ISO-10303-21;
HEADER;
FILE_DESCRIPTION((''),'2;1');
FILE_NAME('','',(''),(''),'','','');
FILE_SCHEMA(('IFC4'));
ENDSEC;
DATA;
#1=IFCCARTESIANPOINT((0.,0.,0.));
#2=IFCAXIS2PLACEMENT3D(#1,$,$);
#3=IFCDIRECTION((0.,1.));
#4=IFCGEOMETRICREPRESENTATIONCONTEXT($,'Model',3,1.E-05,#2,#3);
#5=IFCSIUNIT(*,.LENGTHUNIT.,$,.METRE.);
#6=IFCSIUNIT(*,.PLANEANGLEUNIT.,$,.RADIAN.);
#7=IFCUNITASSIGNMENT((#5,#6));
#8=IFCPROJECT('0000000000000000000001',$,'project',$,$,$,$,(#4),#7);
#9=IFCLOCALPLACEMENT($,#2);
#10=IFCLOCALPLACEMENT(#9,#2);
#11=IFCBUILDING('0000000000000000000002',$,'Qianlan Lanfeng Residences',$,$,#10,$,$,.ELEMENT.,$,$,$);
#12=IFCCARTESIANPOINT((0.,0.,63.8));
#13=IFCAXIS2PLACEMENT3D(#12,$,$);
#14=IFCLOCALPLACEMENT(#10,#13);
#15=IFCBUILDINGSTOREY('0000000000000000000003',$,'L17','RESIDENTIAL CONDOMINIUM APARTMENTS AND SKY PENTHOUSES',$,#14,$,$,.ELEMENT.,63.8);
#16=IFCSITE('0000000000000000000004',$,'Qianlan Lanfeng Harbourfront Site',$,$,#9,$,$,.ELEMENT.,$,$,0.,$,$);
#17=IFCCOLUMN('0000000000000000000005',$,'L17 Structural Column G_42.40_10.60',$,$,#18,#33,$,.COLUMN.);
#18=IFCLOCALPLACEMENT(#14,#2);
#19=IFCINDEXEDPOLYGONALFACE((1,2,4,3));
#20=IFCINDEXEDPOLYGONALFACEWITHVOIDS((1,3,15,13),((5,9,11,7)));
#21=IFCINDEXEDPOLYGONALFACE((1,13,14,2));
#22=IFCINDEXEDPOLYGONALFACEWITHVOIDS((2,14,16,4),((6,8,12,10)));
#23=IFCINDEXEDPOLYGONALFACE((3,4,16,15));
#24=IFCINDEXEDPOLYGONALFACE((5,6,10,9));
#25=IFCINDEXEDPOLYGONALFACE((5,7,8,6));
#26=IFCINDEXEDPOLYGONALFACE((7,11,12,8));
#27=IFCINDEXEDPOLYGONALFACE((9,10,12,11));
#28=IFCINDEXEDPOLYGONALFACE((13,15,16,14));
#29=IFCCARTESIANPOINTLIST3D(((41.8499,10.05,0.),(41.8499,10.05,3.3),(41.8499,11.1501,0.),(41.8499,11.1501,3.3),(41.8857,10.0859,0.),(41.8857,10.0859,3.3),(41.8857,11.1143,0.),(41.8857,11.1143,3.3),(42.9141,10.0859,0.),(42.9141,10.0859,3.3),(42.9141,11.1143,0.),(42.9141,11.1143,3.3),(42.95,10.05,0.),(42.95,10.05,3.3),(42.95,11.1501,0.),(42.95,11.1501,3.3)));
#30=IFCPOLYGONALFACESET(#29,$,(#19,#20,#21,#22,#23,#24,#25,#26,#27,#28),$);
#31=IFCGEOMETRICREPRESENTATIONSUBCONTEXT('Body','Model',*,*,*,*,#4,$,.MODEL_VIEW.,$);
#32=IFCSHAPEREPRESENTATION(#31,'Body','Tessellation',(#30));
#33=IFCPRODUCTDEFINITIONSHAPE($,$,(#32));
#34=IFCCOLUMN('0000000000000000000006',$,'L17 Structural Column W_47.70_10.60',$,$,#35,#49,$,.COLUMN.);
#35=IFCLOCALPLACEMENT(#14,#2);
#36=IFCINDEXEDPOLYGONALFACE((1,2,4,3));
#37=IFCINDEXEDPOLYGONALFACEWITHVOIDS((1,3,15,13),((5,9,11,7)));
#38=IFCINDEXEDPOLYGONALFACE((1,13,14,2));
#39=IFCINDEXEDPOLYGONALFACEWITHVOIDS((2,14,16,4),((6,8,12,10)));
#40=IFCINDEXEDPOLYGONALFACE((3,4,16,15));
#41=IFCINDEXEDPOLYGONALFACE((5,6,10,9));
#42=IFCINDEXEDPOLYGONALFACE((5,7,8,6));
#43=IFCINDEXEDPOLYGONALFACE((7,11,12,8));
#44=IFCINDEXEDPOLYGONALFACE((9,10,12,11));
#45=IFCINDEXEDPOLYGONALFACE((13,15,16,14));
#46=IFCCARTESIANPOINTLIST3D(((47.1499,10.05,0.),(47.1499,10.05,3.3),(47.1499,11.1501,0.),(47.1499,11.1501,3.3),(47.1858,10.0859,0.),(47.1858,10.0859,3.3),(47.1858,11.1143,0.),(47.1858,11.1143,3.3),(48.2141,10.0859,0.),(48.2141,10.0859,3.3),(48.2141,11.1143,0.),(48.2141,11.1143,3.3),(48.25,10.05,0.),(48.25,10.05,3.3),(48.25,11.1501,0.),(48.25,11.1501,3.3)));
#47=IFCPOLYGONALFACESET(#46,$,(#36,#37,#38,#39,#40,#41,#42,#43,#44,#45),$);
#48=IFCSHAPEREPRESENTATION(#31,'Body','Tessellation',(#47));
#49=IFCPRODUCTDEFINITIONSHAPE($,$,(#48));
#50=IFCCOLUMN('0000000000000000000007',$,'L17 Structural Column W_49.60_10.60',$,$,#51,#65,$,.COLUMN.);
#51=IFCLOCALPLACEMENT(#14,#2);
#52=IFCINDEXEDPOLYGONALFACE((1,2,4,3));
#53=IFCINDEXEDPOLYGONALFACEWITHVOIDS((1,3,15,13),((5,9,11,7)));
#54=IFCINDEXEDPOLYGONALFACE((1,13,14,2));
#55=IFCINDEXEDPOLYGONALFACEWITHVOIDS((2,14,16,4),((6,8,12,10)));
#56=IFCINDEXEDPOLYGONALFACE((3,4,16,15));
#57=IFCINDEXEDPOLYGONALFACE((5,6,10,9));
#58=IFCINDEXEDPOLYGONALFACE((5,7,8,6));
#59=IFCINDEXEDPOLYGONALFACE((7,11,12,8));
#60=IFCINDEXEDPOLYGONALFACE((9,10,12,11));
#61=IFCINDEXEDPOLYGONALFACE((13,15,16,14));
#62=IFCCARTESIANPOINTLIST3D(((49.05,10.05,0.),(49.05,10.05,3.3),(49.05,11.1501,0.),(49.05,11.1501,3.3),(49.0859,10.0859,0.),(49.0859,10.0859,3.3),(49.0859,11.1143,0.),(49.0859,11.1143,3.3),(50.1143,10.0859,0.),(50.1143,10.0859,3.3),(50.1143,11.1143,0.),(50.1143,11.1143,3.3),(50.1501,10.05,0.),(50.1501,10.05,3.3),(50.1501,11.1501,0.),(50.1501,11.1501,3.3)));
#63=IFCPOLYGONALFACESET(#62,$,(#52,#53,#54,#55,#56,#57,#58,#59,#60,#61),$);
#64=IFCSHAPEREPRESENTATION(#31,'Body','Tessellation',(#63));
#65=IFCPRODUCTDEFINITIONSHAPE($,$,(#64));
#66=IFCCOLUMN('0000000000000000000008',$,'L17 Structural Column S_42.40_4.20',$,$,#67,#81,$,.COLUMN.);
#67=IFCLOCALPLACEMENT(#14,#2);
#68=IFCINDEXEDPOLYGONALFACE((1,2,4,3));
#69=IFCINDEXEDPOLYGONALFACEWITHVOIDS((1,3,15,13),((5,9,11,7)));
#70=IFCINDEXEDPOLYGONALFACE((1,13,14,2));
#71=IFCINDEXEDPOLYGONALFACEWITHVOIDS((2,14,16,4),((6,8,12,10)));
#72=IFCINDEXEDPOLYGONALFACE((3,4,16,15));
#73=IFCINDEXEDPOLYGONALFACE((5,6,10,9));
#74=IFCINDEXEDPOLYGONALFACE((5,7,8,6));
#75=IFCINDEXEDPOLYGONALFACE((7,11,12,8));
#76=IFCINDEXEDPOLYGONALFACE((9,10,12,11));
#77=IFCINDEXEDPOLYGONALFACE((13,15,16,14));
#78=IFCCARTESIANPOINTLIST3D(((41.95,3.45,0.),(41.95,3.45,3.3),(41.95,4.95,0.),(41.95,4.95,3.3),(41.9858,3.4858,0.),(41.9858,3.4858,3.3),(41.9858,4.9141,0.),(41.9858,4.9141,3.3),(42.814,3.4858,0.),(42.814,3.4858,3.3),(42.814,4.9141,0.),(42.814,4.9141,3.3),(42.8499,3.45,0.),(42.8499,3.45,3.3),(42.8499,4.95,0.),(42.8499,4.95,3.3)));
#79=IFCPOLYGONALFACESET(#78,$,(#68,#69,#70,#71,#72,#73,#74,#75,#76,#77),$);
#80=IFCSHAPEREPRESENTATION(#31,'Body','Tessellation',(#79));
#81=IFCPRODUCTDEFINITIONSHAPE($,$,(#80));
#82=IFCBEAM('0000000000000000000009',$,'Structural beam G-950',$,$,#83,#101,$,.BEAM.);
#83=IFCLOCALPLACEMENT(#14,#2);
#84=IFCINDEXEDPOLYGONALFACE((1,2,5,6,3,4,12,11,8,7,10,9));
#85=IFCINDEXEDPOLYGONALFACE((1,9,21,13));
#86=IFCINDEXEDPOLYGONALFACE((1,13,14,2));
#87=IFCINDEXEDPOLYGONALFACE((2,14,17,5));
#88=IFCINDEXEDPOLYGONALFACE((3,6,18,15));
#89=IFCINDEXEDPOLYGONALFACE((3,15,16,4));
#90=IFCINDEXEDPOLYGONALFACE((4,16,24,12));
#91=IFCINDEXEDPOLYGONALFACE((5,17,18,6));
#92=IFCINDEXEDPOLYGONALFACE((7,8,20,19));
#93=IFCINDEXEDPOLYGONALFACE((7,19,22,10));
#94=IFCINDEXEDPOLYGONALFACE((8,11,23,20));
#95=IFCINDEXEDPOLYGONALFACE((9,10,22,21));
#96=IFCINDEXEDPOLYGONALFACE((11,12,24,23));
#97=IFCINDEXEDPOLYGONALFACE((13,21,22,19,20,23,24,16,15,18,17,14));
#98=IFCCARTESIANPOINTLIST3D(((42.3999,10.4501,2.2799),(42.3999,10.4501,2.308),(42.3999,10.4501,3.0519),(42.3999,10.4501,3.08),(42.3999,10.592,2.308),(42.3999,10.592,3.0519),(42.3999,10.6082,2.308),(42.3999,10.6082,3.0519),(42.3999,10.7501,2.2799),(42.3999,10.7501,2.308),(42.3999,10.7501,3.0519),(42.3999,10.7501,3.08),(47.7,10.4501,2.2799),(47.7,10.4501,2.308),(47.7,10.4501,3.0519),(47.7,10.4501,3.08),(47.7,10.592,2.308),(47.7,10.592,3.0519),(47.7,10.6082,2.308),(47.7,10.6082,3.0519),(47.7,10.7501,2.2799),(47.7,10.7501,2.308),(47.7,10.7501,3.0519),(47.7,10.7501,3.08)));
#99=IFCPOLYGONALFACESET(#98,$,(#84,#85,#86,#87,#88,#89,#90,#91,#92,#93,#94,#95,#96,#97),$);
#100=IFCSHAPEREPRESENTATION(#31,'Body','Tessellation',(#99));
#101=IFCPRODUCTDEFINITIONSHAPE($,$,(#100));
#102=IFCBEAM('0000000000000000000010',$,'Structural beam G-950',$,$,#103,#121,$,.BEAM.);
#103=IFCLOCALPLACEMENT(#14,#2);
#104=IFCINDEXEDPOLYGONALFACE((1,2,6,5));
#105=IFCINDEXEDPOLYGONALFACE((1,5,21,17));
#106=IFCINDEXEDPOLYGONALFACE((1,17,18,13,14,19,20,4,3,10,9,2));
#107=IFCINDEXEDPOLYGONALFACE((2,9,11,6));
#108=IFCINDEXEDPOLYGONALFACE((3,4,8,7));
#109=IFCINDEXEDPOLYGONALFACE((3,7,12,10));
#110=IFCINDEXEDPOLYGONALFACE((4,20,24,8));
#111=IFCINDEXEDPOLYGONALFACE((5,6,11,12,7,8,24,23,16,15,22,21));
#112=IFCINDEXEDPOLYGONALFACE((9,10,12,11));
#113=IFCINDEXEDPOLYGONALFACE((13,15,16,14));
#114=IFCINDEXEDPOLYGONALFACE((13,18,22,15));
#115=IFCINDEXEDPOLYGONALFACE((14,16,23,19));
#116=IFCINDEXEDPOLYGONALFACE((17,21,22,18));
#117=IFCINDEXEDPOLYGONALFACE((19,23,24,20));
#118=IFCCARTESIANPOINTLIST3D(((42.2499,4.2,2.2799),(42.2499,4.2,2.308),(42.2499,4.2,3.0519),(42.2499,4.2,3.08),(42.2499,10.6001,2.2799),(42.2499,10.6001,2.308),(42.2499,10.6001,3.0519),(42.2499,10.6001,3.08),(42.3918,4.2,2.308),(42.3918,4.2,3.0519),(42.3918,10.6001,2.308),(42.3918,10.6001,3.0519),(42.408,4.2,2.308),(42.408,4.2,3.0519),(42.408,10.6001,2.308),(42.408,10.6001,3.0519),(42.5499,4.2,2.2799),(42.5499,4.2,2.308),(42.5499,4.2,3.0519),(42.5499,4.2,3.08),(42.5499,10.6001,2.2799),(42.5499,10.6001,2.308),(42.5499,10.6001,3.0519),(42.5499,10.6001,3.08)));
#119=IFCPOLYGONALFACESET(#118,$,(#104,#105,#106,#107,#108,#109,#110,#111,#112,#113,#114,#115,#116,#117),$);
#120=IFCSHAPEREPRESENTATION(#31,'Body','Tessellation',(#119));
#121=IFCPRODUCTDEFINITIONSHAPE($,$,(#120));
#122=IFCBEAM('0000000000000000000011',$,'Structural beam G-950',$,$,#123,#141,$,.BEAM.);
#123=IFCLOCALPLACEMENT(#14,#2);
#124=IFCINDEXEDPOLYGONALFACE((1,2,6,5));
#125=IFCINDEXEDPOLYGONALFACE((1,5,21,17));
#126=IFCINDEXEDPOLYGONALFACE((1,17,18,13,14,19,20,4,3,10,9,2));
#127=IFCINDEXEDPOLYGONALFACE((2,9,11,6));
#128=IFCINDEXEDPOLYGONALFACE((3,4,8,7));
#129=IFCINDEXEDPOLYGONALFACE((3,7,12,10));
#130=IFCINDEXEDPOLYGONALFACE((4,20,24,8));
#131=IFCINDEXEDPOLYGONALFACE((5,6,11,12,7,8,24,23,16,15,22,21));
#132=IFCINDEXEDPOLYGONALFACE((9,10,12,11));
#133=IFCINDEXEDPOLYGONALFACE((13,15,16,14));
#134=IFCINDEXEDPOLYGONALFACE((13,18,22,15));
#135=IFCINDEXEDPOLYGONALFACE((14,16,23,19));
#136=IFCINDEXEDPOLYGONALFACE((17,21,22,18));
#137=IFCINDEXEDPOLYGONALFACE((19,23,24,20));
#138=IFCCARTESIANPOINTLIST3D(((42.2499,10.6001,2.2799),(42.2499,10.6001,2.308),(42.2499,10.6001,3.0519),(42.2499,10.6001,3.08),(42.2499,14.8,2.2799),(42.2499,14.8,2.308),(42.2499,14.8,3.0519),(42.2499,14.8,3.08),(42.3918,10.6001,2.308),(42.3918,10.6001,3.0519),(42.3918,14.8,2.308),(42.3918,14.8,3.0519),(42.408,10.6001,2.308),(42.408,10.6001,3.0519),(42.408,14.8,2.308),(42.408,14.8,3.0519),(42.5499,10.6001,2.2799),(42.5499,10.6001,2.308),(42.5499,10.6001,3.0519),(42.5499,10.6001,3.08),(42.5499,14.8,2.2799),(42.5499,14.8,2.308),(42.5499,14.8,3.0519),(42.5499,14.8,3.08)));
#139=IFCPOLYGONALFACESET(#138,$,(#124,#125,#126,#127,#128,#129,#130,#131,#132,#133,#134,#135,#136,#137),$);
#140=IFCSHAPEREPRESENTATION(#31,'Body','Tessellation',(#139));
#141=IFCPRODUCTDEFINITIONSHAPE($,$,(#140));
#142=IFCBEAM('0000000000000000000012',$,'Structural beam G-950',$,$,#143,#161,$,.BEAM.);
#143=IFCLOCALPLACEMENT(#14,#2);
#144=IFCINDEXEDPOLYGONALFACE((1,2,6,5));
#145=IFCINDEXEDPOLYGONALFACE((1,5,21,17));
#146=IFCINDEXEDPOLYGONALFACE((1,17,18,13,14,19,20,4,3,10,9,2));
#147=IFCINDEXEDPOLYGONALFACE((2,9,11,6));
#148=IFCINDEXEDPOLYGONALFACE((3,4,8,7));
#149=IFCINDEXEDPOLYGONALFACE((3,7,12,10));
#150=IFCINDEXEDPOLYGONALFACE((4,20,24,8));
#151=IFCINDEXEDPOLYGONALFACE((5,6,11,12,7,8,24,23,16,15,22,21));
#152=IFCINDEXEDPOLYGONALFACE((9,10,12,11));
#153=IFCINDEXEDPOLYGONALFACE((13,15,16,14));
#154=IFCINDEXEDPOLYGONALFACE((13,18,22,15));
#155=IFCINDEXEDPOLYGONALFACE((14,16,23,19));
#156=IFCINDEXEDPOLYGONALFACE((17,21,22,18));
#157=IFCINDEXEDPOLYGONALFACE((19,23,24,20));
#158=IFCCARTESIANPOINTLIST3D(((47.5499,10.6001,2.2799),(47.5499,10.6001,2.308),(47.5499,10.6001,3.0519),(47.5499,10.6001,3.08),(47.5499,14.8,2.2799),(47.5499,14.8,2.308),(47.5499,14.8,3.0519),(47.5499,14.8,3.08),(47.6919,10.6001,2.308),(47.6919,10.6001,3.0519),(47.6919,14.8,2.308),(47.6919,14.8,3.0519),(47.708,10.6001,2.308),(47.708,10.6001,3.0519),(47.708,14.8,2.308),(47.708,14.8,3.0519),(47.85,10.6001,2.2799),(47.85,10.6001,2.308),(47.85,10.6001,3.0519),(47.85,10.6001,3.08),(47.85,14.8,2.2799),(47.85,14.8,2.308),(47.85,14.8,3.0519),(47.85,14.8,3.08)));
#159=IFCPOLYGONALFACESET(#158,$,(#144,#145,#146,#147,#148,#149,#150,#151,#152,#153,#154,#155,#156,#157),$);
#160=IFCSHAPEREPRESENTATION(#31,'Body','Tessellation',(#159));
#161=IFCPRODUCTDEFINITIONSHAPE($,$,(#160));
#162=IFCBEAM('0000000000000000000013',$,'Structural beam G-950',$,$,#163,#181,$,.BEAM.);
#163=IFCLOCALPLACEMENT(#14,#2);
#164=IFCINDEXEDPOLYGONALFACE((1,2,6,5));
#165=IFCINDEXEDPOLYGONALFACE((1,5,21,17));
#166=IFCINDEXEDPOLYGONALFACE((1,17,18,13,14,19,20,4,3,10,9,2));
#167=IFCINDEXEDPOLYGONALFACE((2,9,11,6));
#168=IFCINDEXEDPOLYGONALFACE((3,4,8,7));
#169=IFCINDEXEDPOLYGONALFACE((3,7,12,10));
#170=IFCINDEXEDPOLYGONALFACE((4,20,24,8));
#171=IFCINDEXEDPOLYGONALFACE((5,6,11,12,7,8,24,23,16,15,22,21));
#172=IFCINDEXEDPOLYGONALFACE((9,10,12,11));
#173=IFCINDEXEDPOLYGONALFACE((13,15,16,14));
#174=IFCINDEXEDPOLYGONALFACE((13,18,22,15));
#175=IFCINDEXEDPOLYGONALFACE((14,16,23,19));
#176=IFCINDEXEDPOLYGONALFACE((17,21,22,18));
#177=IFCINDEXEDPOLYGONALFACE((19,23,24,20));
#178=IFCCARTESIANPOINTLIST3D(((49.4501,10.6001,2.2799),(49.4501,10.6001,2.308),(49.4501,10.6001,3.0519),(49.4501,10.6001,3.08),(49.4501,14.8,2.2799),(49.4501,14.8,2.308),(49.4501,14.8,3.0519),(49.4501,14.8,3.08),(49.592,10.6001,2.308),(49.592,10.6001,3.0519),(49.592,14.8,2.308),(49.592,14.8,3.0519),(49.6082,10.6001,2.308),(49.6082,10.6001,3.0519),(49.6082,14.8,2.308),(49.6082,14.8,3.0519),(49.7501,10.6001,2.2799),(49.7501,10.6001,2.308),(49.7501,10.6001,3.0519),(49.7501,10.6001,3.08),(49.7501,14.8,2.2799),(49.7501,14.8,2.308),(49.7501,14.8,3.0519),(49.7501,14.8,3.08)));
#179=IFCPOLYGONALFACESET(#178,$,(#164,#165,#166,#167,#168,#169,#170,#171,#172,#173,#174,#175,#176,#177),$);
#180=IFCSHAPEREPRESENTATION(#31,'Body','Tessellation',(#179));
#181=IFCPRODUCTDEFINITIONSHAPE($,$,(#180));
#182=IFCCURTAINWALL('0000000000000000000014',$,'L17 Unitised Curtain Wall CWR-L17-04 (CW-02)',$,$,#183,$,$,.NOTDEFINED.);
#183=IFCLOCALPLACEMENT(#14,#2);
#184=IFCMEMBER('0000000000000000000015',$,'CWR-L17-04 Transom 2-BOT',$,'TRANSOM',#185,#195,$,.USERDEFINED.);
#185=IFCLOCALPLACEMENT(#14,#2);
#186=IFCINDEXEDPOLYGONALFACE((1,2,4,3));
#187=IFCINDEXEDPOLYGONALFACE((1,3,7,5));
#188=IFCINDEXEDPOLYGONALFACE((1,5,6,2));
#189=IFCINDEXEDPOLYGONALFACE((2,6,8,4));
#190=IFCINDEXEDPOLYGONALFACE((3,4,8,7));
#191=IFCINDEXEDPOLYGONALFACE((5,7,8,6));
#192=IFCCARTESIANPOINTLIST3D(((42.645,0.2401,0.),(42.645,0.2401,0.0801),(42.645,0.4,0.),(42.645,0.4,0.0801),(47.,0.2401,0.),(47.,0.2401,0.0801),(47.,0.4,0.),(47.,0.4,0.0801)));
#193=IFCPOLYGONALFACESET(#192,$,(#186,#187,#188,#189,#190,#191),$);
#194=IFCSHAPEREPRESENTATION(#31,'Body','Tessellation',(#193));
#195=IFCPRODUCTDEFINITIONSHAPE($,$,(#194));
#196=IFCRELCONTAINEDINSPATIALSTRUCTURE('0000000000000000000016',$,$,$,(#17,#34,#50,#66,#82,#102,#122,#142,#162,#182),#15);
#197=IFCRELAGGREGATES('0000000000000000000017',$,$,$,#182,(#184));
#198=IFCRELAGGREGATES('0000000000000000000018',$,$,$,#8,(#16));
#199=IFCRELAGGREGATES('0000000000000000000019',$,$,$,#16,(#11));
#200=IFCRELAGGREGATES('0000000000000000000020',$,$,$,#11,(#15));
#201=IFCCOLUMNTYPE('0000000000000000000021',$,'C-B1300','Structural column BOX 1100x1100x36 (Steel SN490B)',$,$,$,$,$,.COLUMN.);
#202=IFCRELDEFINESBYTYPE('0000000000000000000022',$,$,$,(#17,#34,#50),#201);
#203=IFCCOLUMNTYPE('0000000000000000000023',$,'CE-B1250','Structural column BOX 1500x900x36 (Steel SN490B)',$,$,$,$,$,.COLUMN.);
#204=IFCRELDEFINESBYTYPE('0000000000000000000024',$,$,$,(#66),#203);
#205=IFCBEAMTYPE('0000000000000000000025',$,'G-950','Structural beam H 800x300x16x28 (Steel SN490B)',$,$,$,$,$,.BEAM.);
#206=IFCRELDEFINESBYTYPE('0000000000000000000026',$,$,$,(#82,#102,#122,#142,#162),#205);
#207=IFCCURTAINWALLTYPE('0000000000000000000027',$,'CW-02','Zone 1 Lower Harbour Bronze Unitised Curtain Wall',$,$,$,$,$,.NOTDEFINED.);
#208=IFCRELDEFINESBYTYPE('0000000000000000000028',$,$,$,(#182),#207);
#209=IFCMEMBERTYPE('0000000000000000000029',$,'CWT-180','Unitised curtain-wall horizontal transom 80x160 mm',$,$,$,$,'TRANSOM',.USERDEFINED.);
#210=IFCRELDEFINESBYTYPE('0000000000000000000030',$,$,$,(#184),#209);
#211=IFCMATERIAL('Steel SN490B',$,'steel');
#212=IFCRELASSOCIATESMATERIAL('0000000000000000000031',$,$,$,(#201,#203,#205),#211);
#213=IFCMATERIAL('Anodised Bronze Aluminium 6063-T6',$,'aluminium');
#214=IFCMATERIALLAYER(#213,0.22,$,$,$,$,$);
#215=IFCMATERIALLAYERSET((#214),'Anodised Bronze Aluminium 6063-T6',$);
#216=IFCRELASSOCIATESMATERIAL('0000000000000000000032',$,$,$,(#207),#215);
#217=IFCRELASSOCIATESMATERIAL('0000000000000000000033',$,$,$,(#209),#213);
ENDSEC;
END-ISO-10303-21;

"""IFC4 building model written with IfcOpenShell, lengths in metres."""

from ifc_helpers import new_model, si_unit, direction, frame, origin, origin_2d, place, context, subcontext, project, spatial, rectangle, hollow_rectangle, i_section, extrude, source, transform, mapped, material, layer, layer_set, material_profile, profile_set, type_object, element, aggregate, save


model = new_model("IFC4")

# Units and contexts
model_context = context("Model", 3, precision=1e-05, world=origin(), true_north=direction((0.0, 1.0)))
body_context = subcontext(model_context, "Body", "Model", "MODEL_VIEW")
ifc_project = project(units=[si_unit("LENGTHUNIT", "METRE"), si_unit("PLANEANGLEUNIT", "RADIAN")], contexts=[model_context])

# Site, building, storey
site_placement = place(None, origin())
site = spatial("IfcSite", under=ifc_project, at=site_placement, Name="Qianlan Lanfeng Harbourfront Site", CompositionType="ELEMENT", RefElevation=0.0)
building_placement = place(site_placement, origin())
building = spatial("IfcBuilding", under=site, at=building_placement, Name="Qianlan Lanfeng Residences", CompositionType="ELEMENT")
storey_placement = place(building_placement, frame((0.0, 0.0, 63.8)))
storey = spatial("IfcBuildingStorey", under=building, at=storey_placement, Name="L17", Description="RESIDENTIAL CONDOMINIUM APARTMENTS AND SKY PENTHOUSES", CompositionType="ELEMENT", Elevation=63.8)

# Columns
ifc_material_1 = material(Name="Steel SN490B", Category="steel")
ifc_material_profile_1 = material_profile(ifc_material_1, hollow_rectangle(XDim=1.1001, YDim=1.1001, WallThickness=0.0359, at=origin_2d()), Name="BOX 1100x1100x36")
ifc_profile_set_1 = profile_set([ifc_material_profile_1], Name="Steel SN490B")
column_type_1 = type_object("IfcColumnType", Name="C-B1300", Description="Structural column BOX 1100x1100x36 (Steel SN490B)", PredefinedType="COLUMN", material=ifc_profile_set_1)
for number, where, z_axis, x_axis, name in (
    (1, (42.3999, 10.6001, 0.0), (0.0, 0.0, 1.0), (1.0, 0.0, 0.0), "L17 Structural Column G_42.40_10.60"),
    (2, (47.7, 10.6001, 0.0), (0.0, 0.0, 1.0), (1.0, 0.0, 0.0), "L17 Structural Column W_47.70_10.60"),
    (3, (49.6001, 10.6001, 0.0), (0.0, 0.0, 1.0), (1.0, 0.0, 0.0), "L17 Structural Column W_49.60_10.60"),
):
    element("IfcColumn", number, at=place(storey_placement, frame(where, z_axis=z_axis, x_axis=x_axis)), inside=storey, type_object=column_type_1, Name=name, PredefinedType="COLUMN", context=body_context, shape_type="SweptSolid", body=[
        extrude(hollow_rectangle(XDim=1.1001, YDim=1.1001, WallThickness=0.0359, at=origin_2d()), origin(), (0.0, 0.0, 1.0), 3.3),
    ])
ifc_material_profile_2 = material_profile(ifc_material_1, hollow_rectangle(XDim=0.8999, YDim=1.5, WallThickness=0.0359, at=origin_2d()), Name="BOX 1500x900x36")
ifc_profile_set_2 = profile_set([ifc_material_profile_2], Name="Steel SN490B")
column_type_2 = type_object("IfcColumnType", Name="CE-B1250", Description="Structural column BOX 1500x900x36 (Steel SN490B)", PredefinedType="COLUMN", material=ifc_profile_set_2)
column_placement = place(storey_placement, frame((42.3999, 4.2, 0.0), z_axis=(0.0, 0.0, 1.0), x_axis=(1.0, 0.0, 0.0)))
element("IfcColumn", 4, at=column_placement, inside=storey, type_object=column_type_2, Name="L17 Structural Column S_42.40_4.20", PredefinedType="COLUMN", context=body_context, shape_type="SweptSolid", body=[
    extrude(hollow_rectangle(XDim=0.8999, YDim=1.5, WallThickness=0.0359, at=origin_2d()), origin(), (0.0, 0.0, 1.0), 3.3),
])

# Beams
ifc_material_profile_3 = material_profile(ifc_material_1, i_section(OverallWidth=0.3, OverallDepth=0.8, WebThickness=0.0161, FlangeThickness=0.0281, at=origin_2d()), Name="H 800x300x16x28")
ifc_profile_set_3 = profile_set([ifc_material_profile_3], Name="Steel SN490B")
beam_type = type_object("IfcBeamType", Name="G-950", Description="Structural beam H 800x300x16x28 (Steel SN490B)", PredefinedType="BEAM", material=ifc_profile_set_3)
beam_1_placement = place(storey_placement, frame((42.3999, 10.6001, 2.6799), z_axis=(1.0, 0.0, 0.0), x_axis=(0.0, 1.0, 0.0)))
element("IfcBeam", 5, at=beam_1_placement, inside=storey, type_object=beam_type, Name="Structural beam G-950", PredefinedType="BEAM", context=body_context, shape_type="SweptSolid", body=[
    extrude(i_section(OverallWidth=0.3, OverallDepth=0.8, WebThickness=0.0161, FlangeThickness=0.0281, at=origin_2d()), origin(), (0.0, 0.0, 1.0), 5.3),
])
beam_2_placement = place(storey_placement, frame((42.3999, 4.2, 2.6799), z_axis=(0.0, 1.0, 0.0), x_axis=(-1.0, 0.0, 0.0)))
element("IfcBeam", 6, at=beam_2_placement, inside=storey, type_object=beam_type, Name="Structural beam G-950", PredefinedType="BEAM", context=body_context, shape_type="SweptSolid", body=[
    extrude(i_section(OverallWidth=0.3, OverallDepth=0.8, WebThickness=0.0161, FlangeThickness=0.0281, at=origin_2d()), origin(), (0.0, 0.0, 1.0), 6.4001),
])
for number, where, z_axis, x_axis, name in (
    (7, (42.3999, 10.6001, 2.6799), (0.0, 1.0, 0.0), (-1.0, 0.0, 0.0), "Structural beam G-950"),
    (8, (47.7, 10.6001, 2.6799), (0.0, 1.0, 0.0), (-1.0, 0.0, 0.0), "Structural beam G-950"),
    (9, (49.6001, 10.6001, 2.6799), (0.0, 1.0, 0.0), (-1.0, 0.0, 0.0), "Structural beam G-950"),
):
    element("IfcBeam", number, at=place(storey_placement, frame(where, z_axis=z_axis, x_axis=x_axis)), inside=storey, type_object=beam_type, Name=name, PredefinedType="BEAM", context=body_context, shape_type="SweptSolid", body=[
        extrude(i_section(OverallWidth=0.3, OverallDepth=0.8, WebThickness=0.0161, FlangeThickness=0.0281, at=origin_2d()), origin(), (0.0, 0.0, 1.0), 4.2),
    ])

# Curtain wall, member
ifc_material_2 = material(Name="Anodised Bronze Aluminium 6063-T6", Category="aluminium")
ifc_layer_1 = layer(ifc_material_2, 0.22)
ifc_layer_set_1 = layer_set([ifc_layer_1], Name="Anodised Bronze Aluminium 6063-T6")
curtain_wall_type = type_object("IfcCurtainWallType", Name="CW-02", Description="Zone 1 Lower Harbour Bronze Unitised Curtain Wall", PredefinedType="NOTDEFINED", material=ifc_layer_set_1)
curtain_wall_1_placement = place(storey_placement, origin())
curtain_wall_1 = element("IfcCurtainWall", 10, at=curtain_wall_1_placement, inside=storey, type_object=curtain_wall_type, Name="L17 Unitised Curtain Wall CWR-L17-04 (CW-02)", PredefinedType="NOTDEFINED")
ifc_material_profile_4 = material_profile(ifc_material_2, rectangle(XDim=0.0801, YDim=0.1599, at=origin_2d()), Name="ALU TRANSOM 80x160")
ifc_profile_set_4 = profile_set([ifc_material_profile_4], Name="Anodised Bronze Aluminium 6063-T6")
member_type_1 = type_object("IfcMemberType", Name="CWT-180", Description="Unitised curtain-wall horizontal transom 80x160 mm", ElementType="TRANSOM", PredefinedType="USERDEFINED", material=ifc_profile_set_4)
shared_shape_1 = source(origin(), body_context, "Body", "SweptSolid", [
    extrude(rectangle(XDim=0.0801, YDim=0.1599, at=origin_2d()), origin(), (0.0, 0.0, 1.0), 4.355),
])
member_1_placement = place(storey_placement, frame((42.645, 0.3201, 0.04), z_axis=(1.0, 0.0, 0.0), x_axis=(0.0, 0.0, 1.0)))
member_1 = element("IfcMember", 11, at=member_1_placement, type_object=member_type_1, Name="CWR-L17-04 Transom 2-BOT", ObjectType="TRANSOM", PredefinedType="USERDEFINED", context=body_context, shape_type="MappedRepresentation", body=[
    mapped(shared_shape_1, transform((0.0, 0.0, 0.0), scale=1.0)),
])

aggregate(curtain_wall_1, [member_1])

save(model, "model.ifc")
